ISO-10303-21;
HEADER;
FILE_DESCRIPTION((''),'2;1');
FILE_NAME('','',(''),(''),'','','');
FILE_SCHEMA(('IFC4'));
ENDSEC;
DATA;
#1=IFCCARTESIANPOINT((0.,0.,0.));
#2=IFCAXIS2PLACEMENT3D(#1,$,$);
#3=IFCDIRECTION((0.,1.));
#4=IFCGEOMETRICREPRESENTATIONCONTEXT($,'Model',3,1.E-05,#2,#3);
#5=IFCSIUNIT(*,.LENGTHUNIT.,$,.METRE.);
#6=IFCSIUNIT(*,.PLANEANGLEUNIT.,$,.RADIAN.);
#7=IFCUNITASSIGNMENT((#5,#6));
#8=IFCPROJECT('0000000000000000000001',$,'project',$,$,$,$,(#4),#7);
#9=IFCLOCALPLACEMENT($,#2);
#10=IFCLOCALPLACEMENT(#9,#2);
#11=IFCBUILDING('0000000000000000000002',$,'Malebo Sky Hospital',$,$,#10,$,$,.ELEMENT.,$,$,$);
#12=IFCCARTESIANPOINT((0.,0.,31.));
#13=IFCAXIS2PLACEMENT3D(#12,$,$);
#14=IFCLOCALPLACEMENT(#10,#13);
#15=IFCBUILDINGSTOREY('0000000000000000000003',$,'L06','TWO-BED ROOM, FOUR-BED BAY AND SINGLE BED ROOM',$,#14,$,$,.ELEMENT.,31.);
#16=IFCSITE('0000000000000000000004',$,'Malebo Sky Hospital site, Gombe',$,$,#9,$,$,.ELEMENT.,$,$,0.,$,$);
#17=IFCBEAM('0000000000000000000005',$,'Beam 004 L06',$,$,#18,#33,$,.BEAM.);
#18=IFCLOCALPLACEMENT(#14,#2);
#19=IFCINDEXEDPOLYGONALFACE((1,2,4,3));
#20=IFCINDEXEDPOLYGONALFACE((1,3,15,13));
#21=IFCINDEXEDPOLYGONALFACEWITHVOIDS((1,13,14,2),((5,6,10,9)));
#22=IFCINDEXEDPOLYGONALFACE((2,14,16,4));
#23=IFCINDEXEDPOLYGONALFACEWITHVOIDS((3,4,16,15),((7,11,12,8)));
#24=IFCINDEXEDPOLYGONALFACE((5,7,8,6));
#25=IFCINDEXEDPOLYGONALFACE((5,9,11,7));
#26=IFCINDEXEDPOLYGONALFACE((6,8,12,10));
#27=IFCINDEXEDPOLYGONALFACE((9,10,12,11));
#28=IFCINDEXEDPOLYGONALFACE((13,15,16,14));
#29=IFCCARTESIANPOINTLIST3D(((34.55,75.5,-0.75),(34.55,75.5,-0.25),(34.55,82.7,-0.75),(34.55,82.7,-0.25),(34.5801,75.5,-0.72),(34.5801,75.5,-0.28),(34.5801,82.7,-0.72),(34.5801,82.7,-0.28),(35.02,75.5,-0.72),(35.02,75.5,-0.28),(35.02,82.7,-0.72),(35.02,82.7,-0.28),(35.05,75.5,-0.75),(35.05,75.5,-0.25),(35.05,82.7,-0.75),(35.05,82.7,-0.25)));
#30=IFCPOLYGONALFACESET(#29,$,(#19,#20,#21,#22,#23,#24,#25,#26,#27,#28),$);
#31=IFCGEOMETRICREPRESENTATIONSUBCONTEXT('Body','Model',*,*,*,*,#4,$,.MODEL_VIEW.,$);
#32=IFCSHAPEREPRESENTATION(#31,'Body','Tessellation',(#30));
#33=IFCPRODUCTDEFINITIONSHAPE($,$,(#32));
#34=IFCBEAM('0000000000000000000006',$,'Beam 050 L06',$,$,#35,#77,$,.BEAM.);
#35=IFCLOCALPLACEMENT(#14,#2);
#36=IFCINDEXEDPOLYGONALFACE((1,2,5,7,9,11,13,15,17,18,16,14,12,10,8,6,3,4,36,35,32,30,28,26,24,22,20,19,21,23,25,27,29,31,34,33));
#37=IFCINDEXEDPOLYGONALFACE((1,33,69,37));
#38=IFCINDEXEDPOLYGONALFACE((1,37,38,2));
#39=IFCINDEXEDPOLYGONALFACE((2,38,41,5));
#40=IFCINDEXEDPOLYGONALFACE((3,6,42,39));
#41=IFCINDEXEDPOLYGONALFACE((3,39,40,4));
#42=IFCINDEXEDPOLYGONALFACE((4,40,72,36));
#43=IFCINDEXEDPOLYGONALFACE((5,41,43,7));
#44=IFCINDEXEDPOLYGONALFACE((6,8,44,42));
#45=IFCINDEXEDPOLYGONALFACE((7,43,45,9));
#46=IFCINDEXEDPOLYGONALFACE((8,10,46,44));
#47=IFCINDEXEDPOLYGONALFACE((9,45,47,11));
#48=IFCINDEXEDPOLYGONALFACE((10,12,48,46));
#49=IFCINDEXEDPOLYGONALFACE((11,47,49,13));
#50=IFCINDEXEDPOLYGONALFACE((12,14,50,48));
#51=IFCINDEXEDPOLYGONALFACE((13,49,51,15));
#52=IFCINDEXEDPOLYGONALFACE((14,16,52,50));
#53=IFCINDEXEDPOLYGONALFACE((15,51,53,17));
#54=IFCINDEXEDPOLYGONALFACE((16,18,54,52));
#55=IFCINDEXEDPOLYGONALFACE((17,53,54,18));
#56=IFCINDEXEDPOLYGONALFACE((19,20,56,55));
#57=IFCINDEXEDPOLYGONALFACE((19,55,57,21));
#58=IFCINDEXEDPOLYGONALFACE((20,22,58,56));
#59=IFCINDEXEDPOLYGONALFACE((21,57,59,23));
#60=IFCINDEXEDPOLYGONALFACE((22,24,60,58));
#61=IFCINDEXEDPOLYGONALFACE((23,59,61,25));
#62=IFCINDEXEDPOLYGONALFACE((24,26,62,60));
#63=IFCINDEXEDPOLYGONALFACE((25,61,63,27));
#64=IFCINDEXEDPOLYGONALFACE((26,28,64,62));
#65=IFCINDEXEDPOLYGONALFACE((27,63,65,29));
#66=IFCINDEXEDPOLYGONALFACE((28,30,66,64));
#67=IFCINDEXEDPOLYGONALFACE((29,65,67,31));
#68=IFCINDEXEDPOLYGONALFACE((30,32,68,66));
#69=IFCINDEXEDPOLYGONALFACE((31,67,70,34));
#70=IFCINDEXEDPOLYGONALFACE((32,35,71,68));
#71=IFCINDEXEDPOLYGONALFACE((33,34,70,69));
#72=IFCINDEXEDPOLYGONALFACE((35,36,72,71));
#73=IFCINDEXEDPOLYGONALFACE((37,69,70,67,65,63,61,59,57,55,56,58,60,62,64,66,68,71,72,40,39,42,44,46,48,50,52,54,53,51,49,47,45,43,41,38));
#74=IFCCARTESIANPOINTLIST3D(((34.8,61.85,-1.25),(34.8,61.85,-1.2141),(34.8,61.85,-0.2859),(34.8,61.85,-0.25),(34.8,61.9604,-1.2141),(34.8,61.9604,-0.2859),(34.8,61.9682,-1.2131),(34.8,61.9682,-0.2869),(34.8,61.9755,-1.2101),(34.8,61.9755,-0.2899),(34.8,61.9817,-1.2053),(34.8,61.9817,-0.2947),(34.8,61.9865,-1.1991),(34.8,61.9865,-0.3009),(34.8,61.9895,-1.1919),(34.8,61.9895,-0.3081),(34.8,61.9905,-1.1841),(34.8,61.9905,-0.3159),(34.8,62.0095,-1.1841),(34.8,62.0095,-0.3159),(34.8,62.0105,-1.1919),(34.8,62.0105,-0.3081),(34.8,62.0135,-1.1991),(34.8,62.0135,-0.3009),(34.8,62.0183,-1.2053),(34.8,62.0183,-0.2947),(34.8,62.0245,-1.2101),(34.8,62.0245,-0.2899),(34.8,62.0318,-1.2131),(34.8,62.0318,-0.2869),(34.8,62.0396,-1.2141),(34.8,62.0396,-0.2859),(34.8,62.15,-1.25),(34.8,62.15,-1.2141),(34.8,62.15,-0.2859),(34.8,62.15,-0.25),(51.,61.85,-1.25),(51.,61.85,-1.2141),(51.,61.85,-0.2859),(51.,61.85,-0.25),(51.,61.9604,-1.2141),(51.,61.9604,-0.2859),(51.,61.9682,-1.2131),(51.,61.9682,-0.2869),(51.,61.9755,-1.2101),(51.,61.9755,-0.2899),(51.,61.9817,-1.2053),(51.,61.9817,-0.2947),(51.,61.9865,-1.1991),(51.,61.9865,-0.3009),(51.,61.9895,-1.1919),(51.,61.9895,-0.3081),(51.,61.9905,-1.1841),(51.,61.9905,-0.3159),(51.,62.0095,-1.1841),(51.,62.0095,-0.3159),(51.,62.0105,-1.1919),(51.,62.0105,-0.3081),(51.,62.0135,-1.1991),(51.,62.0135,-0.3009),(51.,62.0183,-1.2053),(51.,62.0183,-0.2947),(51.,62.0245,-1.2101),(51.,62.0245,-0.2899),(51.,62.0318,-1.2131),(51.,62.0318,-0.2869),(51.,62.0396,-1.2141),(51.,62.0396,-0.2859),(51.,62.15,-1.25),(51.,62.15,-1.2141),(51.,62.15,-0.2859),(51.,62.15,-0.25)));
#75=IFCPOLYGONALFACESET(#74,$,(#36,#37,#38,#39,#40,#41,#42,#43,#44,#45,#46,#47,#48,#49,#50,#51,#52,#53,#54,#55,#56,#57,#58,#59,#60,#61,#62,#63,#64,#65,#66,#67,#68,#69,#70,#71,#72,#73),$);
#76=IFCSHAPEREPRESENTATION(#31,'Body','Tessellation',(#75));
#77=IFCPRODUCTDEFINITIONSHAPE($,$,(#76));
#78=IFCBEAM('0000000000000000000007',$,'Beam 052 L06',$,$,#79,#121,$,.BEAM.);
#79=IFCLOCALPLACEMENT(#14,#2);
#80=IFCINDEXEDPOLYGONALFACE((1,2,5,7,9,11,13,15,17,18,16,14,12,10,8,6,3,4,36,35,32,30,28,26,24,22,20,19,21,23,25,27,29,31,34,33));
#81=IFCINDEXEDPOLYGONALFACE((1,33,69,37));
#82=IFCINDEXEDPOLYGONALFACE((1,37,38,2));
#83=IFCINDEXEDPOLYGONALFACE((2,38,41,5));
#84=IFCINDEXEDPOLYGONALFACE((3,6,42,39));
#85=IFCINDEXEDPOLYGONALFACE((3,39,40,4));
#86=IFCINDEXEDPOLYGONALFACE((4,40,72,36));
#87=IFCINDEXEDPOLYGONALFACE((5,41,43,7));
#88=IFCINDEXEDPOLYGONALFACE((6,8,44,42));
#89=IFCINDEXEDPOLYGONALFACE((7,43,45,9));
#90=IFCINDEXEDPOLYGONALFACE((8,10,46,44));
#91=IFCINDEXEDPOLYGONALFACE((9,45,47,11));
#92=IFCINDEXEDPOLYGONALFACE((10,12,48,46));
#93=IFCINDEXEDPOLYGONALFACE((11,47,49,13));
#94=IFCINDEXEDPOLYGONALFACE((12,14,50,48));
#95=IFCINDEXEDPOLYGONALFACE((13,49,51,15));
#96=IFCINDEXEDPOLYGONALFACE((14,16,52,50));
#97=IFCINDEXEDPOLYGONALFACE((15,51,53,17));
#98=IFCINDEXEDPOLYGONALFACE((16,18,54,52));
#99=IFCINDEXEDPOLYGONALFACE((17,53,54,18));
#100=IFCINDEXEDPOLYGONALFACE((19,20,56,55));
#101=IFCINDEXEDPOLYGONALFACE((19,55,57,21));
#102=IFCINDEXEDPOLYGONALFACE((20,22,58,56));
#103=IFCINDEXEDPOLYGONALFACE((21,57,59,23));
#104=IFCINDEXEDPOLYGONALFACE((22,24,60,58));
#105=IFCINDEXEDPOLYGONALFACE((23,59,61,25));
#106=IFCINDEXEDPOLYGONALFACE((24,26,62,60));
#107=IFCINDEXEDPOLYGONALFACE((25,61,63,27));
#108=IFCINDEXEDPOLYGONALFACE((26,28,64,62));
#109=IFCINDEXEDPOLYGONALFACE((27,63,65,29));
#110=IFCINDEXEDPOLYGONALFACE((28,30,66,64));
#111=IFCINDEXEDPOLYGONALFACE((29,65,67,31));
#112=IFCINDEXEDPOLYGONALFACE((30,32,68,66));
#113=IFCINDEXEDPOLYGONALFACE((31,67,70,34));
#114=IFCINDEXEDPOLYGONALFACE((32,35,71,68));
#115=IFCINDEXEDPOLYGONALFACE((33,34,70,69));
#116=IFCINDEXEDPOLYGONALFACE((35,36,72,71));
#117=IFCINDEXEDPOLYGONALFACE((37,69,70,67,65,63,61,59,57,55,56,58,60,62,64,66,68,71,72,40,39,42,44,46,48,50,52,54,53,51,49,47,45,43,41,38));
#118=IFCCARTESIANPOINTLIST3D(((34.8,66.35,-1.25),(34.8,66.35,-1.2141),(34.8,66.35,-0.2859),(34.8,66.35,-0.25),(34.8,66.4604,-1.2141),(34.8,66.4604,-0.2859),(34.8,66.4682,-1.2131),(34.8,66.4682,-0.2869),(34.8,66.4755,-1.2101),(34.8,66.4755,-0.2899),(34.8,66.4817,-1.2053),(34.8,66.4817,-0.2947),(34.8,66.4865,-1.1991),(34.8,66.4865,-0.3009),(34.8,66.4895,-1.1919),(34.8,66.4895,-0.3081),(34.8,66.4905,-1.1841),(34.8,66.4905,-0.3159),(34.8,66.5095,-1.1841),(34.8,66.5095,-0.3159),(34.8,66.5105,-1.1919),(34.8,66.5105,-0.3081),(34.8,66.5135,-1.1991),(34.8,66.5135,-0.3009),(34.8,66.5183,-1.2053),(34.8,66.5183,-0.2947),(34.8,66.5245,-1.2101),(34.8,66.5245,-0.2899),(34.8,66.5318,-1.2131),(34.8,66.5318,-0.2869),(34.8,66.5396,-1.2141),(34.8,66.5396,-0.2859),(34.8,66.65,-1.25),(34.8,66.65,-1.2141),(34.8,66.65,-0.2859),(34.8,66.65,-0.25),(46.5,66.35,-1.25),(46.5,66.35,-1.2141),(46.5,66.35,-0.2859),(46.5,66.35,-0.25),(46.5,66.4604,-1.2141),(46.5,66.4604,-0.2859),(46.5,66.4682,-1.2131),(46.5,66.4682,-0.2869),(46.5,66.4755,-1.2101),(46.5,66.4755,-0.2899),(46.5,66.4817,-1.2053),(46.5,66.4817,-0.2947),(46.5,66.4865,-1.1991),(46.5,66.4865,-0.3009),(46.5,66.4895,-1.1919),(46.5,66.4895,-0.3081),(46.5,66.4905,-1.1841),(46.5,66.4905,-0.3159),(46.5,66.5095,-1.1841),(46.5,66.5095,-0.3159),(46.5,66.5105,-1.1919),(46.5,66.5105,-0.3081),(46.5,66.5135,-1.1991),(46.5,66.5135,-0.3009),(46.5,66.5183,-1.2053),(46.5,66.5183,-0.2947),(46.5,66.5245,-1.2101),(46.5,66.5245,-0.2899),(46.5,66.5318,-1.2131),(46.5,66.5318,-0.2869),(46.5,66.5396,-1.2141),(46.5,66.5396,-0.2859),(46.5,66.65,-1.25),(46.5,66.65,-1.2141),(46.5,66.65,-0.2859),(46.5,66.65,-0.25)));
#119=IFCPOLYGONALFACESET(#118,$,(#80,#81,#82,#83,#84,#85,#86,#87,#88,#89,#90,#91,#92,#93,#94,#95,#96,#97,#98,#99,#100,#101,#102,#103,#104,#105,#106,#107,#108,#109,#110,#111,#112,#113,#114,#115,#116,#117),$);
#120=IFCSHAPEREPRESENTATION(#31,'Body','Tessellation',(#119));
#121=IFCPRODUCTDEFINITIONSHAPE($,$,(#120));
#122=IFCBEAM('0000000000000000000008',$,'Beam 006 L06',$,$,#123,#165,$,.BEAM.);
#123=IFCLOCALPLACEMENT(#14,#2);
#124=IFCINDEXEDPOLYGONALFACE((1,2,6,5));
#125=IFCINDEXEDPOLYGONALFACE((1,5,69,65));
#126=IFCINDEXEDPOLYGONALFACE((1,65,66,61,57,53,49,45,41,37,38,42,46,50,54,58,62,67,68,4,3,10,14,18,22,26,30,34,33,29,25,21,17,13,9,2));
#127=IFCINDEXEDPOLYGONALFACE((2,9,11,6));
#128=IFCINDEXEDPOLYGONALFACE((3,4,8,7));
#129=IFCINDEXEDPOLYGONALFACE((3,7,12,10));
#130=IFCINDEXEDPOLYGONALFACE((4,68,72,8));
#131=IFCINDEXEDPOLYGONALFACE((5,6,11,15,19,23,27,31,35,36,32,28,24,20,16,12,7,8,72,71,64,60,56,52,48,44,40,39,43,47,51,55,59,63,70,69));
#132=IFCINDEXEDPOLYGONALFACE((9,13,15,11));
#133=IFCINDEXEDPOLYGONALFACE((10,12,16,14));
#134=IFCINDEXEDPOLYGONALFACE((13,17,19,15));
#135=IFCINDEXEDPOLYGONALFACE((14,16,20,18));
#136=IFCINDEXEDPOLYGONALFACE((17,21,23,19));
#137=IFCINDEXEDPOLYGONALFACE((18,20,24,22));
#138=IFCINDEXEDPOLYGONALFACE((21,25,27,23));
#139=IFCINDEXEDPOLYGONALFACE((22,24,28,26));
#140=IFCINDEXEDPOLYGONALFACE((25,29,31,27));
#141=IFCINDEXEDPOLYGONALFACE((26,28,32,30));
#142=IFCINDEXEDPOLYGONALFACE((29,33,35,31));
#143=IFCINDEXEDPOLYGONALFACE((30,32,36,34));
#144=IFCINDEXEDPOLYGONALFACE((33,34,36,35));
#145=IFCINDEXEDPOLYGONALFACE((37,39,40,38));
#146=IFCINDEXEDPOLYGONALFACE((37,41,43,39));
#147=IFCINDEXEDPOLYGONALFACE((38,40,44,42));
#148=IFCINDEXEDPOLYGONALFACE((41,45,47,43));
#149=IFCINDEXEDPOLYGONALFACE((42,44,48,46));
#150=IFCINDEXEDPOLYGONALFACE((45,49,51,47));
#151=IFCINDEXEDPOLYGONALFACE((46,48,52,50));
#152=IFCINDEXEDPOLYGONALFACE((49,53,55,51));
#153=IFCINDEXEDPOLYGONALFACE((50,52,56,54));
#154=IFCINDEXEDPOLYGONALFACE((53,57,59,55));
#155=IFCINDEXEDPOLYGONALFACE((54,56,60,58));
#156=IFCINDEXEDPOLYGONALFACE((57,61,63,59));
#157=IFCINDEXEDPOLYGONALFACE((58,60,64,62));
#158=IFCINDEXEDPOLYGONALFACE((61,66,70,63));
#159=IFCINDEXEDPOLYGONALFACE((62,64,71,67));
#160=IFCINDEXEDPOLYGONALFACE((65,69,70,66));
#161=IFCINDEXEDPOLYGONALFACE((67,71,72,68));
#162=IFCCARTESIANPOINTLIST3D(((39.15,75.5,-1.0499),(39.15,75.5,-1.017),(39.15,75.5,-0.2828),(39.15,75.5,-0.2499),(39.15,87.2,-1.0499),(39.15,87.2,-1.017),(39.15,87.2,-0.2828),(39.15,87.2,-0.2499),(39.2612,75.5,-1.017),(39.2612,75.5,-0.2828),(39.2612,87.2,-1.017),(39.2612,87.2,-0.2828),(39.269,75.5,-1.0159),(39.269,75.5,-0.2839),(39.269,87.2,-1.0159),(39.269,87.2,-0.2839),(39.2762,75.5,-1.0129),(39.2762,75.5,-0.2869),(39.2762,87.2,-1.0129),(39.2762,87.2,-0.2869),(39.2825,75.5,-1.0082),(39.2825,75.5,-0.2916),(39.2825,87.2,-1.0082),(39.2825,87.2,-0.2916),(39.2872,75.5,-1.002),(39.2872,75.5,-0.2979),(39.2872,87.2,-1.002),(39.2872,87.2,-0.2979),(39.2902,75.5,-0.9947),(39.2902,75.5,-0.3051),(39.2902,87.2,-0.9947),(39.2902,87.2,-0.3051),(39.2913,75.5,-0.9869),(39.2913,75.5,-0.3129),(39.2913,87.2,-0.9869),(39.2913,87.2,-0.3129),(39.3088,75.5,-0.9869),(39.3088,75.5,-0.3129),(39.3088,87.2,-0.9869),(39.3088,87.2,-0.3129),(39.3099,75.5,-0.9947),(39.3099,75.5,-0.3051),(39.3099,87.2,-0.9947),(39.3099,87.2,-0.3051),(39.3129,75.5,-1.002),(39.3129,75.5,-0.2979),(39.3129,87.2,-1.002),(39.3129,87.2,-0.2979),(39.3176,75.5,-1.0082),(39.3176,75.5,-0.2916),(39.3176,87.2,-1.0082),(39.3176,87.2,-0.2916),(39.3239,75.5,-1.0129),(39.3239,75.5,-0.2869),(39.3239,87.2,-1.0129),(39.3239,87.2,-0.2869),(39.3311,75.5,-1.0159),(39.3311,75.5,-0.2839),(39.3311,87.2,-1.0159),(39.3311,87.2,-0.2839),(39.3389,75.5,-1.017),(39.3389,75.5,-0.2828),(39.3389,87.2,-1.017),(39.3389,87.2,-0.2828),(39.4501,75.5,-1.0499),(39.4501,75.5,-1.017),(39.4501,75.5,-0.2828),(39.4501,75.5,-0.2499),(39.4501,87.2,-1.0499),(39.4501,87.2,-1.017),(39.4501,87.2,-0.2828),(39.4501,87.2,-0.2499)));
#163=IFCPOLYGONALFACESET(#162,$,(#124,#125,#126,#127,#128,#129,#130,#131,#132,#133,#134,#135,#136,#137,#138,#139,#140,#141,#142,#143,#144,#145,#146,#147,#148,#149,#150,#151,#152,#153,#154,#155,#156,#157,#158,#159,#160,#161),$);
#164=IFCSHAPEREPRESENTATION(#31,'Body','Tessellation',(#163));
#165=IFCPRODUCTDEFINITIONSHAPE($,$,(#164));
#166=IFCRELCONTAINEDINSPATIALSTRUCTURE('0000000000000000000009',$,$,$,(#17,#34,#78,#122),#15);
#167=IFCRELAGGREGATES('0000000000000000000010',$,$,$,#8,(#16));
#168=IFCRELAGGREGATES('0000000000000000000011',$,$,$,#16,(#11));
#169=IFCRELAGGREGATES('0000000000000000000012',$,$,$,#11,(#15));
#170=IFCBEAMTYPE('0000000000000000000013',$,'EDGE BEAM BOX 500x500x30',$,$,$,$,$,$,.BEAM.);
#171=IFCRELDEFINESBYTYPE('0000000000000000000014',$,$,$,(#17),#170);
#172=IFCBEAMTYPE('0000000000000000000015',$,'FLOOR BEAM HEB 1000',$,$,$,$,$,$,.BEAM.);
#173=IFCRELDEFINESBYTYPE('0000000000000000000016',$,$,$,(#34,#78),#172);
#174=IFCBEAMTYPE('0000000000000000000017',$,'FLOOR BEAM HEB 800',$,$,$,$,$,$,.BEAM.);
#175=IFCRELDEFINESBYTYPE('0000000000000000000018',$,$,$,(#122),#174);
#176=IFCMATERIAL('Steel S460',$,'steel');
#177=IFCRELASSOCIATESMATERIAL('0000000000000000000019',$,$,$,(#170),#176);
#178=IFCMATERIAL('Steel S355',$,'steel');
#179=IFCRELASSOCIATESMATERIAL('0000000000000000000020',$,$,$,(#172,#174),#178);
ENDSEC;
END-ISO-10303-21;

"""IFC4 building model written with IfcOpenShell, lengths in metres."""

from ifc_helpers import new_model, si_unit, direction, frame, origin, origin_2d, place, context, subcontext, project, spatial, hollow_rectangle, i_section, extrude, material, material_profile, profile_set, type_object, element, save


model = new_model("IFC4")

# Units and contexts
model_context = context("Model", 3, precision=1e-05, world=origin(), true_north=direction((0.0, 1.0)))
body_context = subcontext(model_context, "Body", "Model", "MODEL_VIEW")
ifc_project = project(units=[si_unit("LENGTHUNIT", "METRE"), si_unit("PLANEANGLEUNIT", "RADIAN")], contexts=[model_context])

# Site, building, storey
site_placement = place(None, origin())
site = spatial("IfcSite", under=ifc_project, at=site_placement, Name="Malebo Sky Hospital site, Gombe", CompositionType="ELEMENT", RefElevation=0.0)
building_placement = place(site_placement, origin())
building = spatial("IfcBuilding", under=site, at=building_placement, Name="Malebo Sky Hospital", CompositionType="ELEMENT")
storey_placement = place(building_placement, frame((0.0, 0.0, 31.0)))
storey = spatial("IfcBuildingStorey", under=building, at=storey_placement, Name="L06", Description="TWO-BED ROOM, FOUR-BED BAY AND SINGLE BED ROOM", CompositionType="ELEMENT", Elevation=31.0)

# Shared definitions
ifc_material_1 = material(Name="Steel S460", Category="steel")

# Beams
ifc_material_profile_1 = material_profile(ifc_material_1, hollow_rectangle(XDim=0.5, YDim=0.5, WallThickness=0.03, at=origin_2d()), Name="BOX 500x500x30")
ifc_profile_set_1 = profile_set([ifc_material_profile_1], Name="Steel S460")
beam_type_1 = type_object("IfcBeamType", Name="EDGE BEAM BOX 500x500x30", PredefinedType="BEAM", material=ifc_profile_set_1)
beam_1_placement = place(storey_placement, frame((34.8, 75.5, -0.5), z_axis=(0.0, 1.0, 0.0), x_axis=(-1.0, 0.0, 0.0)))
element("IfcBeam", 1, at=beam_1_placement, inside=storey, type_object=beam_type_1, Name="Beam 004 L06", PredefinedType="BEAM", context=body_context, shape_type="SweptSolid", body=[
    extrude(hollow_rectangle(XDim=0.5, YDim=0.5, WallThickness=0.03, at=origin_2d()), origin(), (0.0, 0.0, 1.0), 7.2),
])
ifc_material_2 = material(Name="Steel S355", Category="steel")
ifc_material_profile_2 = material_profile(ifc_material_2, i_section(OverallWidth=0.3, OverallDepth=1.0, WebThickness=0.019, FlangeThickness=0.0359, FilletRadius=0.03, at=origin_2d()), Name="HEB 1000")
ifc_profile_set_2 = profile_set([ifc_material_profile_2], Name="Steel S355")
beam_type_2 = type_object("IfcBeamType", Name="FLOOR BEAM HEB 1000", PredefinedType="BEAM", material=ifc_profile_set_2)
beam_2_placement = place(storey_placement, frame((34.8, 62.0, -0.75), z_axis=(1.0, 0.0, 0.0), x_axis=(0.0, 1.0, 0.0)))
element("IfcBeam", 2, at=beam_2_placement, inside=storey, type_object=beam_type_2, Name="Beam 050 L06", PredefinedType="BEAM", context=body_context, shape_type="SweptSolid", body=[
    extrude(i_section(OverallWidth=0.3, OverallDepth=1.0, WebThickness=0.019, FlangeThickness=0.0359, FilletRadius=0.03, at=origin_2d()), origin(), (0.0, 0.0, 1.0), 16.2),
])
beam_3_placement = place(storey_placement, frame((34.8, 66.5, -0.75), z_axis=(1.0, 0.0, 0.0), x_axis=(0.0, 1.0, 0.0)))
element("IfcBeam", 3, at=beam_3_placement, inside=storey, type_object=beam_type_2, Name="Beam 052 L06", PredefinedType="BEAM", context=body_context, shape_type="SweptSolid", body=[
    extrude(i_section(OverallWidth=0.3, OverallDepth=1.0, WebThickness=0.019, FlangeThickness=0.0359, FilletRadius=0.03, at=origin_2d()), origin(), (0.0, 0.0, 1.0), 11.7),
])
ifc_material_profile_3 = material_profile(ifc_material_2, i_section(OverallWidth=0.3, OverallDepth=0.8, WebThickness=0.0176, FlangeThickness=0.033, FilletRadius=0.03, at=origin_2d()), Name="HEB 800")
ifc_profile_set_3 = profile_set([ifc_material_profile_3], Name="Steel S355")
beam_type_3 = type_object("IfcBeamType", Name="FLOOR BEAM HEB 800", PredefinedType="BEAM", material=ifc_profile_set_3)
beam_4_placement = place(storey_placement, frame((39.3, 75.5, -0.6499), z_axis=(0.0, 1.0, 0.0), x_axis=(-1.0, 0.0, 0.0)))
element("IfcBeam", 4, at=beam_4_placement, inside=storey, type_object=beam_type_3, Name="Beam 006 L06", PredefinedType="BEAM", context=body_context, shape_type="SweptSolid", body=[
    extrude(i_section(OverallWidth=0.3, OverallDepth=0.8, WebThickness=0.0176, FlangeThickness=0.033, FilletRadius=0.03, at=origin_2d()), origin(), (0.0, 0.0, 1.0), 11.7),
])

save(model, "model.ifc")
